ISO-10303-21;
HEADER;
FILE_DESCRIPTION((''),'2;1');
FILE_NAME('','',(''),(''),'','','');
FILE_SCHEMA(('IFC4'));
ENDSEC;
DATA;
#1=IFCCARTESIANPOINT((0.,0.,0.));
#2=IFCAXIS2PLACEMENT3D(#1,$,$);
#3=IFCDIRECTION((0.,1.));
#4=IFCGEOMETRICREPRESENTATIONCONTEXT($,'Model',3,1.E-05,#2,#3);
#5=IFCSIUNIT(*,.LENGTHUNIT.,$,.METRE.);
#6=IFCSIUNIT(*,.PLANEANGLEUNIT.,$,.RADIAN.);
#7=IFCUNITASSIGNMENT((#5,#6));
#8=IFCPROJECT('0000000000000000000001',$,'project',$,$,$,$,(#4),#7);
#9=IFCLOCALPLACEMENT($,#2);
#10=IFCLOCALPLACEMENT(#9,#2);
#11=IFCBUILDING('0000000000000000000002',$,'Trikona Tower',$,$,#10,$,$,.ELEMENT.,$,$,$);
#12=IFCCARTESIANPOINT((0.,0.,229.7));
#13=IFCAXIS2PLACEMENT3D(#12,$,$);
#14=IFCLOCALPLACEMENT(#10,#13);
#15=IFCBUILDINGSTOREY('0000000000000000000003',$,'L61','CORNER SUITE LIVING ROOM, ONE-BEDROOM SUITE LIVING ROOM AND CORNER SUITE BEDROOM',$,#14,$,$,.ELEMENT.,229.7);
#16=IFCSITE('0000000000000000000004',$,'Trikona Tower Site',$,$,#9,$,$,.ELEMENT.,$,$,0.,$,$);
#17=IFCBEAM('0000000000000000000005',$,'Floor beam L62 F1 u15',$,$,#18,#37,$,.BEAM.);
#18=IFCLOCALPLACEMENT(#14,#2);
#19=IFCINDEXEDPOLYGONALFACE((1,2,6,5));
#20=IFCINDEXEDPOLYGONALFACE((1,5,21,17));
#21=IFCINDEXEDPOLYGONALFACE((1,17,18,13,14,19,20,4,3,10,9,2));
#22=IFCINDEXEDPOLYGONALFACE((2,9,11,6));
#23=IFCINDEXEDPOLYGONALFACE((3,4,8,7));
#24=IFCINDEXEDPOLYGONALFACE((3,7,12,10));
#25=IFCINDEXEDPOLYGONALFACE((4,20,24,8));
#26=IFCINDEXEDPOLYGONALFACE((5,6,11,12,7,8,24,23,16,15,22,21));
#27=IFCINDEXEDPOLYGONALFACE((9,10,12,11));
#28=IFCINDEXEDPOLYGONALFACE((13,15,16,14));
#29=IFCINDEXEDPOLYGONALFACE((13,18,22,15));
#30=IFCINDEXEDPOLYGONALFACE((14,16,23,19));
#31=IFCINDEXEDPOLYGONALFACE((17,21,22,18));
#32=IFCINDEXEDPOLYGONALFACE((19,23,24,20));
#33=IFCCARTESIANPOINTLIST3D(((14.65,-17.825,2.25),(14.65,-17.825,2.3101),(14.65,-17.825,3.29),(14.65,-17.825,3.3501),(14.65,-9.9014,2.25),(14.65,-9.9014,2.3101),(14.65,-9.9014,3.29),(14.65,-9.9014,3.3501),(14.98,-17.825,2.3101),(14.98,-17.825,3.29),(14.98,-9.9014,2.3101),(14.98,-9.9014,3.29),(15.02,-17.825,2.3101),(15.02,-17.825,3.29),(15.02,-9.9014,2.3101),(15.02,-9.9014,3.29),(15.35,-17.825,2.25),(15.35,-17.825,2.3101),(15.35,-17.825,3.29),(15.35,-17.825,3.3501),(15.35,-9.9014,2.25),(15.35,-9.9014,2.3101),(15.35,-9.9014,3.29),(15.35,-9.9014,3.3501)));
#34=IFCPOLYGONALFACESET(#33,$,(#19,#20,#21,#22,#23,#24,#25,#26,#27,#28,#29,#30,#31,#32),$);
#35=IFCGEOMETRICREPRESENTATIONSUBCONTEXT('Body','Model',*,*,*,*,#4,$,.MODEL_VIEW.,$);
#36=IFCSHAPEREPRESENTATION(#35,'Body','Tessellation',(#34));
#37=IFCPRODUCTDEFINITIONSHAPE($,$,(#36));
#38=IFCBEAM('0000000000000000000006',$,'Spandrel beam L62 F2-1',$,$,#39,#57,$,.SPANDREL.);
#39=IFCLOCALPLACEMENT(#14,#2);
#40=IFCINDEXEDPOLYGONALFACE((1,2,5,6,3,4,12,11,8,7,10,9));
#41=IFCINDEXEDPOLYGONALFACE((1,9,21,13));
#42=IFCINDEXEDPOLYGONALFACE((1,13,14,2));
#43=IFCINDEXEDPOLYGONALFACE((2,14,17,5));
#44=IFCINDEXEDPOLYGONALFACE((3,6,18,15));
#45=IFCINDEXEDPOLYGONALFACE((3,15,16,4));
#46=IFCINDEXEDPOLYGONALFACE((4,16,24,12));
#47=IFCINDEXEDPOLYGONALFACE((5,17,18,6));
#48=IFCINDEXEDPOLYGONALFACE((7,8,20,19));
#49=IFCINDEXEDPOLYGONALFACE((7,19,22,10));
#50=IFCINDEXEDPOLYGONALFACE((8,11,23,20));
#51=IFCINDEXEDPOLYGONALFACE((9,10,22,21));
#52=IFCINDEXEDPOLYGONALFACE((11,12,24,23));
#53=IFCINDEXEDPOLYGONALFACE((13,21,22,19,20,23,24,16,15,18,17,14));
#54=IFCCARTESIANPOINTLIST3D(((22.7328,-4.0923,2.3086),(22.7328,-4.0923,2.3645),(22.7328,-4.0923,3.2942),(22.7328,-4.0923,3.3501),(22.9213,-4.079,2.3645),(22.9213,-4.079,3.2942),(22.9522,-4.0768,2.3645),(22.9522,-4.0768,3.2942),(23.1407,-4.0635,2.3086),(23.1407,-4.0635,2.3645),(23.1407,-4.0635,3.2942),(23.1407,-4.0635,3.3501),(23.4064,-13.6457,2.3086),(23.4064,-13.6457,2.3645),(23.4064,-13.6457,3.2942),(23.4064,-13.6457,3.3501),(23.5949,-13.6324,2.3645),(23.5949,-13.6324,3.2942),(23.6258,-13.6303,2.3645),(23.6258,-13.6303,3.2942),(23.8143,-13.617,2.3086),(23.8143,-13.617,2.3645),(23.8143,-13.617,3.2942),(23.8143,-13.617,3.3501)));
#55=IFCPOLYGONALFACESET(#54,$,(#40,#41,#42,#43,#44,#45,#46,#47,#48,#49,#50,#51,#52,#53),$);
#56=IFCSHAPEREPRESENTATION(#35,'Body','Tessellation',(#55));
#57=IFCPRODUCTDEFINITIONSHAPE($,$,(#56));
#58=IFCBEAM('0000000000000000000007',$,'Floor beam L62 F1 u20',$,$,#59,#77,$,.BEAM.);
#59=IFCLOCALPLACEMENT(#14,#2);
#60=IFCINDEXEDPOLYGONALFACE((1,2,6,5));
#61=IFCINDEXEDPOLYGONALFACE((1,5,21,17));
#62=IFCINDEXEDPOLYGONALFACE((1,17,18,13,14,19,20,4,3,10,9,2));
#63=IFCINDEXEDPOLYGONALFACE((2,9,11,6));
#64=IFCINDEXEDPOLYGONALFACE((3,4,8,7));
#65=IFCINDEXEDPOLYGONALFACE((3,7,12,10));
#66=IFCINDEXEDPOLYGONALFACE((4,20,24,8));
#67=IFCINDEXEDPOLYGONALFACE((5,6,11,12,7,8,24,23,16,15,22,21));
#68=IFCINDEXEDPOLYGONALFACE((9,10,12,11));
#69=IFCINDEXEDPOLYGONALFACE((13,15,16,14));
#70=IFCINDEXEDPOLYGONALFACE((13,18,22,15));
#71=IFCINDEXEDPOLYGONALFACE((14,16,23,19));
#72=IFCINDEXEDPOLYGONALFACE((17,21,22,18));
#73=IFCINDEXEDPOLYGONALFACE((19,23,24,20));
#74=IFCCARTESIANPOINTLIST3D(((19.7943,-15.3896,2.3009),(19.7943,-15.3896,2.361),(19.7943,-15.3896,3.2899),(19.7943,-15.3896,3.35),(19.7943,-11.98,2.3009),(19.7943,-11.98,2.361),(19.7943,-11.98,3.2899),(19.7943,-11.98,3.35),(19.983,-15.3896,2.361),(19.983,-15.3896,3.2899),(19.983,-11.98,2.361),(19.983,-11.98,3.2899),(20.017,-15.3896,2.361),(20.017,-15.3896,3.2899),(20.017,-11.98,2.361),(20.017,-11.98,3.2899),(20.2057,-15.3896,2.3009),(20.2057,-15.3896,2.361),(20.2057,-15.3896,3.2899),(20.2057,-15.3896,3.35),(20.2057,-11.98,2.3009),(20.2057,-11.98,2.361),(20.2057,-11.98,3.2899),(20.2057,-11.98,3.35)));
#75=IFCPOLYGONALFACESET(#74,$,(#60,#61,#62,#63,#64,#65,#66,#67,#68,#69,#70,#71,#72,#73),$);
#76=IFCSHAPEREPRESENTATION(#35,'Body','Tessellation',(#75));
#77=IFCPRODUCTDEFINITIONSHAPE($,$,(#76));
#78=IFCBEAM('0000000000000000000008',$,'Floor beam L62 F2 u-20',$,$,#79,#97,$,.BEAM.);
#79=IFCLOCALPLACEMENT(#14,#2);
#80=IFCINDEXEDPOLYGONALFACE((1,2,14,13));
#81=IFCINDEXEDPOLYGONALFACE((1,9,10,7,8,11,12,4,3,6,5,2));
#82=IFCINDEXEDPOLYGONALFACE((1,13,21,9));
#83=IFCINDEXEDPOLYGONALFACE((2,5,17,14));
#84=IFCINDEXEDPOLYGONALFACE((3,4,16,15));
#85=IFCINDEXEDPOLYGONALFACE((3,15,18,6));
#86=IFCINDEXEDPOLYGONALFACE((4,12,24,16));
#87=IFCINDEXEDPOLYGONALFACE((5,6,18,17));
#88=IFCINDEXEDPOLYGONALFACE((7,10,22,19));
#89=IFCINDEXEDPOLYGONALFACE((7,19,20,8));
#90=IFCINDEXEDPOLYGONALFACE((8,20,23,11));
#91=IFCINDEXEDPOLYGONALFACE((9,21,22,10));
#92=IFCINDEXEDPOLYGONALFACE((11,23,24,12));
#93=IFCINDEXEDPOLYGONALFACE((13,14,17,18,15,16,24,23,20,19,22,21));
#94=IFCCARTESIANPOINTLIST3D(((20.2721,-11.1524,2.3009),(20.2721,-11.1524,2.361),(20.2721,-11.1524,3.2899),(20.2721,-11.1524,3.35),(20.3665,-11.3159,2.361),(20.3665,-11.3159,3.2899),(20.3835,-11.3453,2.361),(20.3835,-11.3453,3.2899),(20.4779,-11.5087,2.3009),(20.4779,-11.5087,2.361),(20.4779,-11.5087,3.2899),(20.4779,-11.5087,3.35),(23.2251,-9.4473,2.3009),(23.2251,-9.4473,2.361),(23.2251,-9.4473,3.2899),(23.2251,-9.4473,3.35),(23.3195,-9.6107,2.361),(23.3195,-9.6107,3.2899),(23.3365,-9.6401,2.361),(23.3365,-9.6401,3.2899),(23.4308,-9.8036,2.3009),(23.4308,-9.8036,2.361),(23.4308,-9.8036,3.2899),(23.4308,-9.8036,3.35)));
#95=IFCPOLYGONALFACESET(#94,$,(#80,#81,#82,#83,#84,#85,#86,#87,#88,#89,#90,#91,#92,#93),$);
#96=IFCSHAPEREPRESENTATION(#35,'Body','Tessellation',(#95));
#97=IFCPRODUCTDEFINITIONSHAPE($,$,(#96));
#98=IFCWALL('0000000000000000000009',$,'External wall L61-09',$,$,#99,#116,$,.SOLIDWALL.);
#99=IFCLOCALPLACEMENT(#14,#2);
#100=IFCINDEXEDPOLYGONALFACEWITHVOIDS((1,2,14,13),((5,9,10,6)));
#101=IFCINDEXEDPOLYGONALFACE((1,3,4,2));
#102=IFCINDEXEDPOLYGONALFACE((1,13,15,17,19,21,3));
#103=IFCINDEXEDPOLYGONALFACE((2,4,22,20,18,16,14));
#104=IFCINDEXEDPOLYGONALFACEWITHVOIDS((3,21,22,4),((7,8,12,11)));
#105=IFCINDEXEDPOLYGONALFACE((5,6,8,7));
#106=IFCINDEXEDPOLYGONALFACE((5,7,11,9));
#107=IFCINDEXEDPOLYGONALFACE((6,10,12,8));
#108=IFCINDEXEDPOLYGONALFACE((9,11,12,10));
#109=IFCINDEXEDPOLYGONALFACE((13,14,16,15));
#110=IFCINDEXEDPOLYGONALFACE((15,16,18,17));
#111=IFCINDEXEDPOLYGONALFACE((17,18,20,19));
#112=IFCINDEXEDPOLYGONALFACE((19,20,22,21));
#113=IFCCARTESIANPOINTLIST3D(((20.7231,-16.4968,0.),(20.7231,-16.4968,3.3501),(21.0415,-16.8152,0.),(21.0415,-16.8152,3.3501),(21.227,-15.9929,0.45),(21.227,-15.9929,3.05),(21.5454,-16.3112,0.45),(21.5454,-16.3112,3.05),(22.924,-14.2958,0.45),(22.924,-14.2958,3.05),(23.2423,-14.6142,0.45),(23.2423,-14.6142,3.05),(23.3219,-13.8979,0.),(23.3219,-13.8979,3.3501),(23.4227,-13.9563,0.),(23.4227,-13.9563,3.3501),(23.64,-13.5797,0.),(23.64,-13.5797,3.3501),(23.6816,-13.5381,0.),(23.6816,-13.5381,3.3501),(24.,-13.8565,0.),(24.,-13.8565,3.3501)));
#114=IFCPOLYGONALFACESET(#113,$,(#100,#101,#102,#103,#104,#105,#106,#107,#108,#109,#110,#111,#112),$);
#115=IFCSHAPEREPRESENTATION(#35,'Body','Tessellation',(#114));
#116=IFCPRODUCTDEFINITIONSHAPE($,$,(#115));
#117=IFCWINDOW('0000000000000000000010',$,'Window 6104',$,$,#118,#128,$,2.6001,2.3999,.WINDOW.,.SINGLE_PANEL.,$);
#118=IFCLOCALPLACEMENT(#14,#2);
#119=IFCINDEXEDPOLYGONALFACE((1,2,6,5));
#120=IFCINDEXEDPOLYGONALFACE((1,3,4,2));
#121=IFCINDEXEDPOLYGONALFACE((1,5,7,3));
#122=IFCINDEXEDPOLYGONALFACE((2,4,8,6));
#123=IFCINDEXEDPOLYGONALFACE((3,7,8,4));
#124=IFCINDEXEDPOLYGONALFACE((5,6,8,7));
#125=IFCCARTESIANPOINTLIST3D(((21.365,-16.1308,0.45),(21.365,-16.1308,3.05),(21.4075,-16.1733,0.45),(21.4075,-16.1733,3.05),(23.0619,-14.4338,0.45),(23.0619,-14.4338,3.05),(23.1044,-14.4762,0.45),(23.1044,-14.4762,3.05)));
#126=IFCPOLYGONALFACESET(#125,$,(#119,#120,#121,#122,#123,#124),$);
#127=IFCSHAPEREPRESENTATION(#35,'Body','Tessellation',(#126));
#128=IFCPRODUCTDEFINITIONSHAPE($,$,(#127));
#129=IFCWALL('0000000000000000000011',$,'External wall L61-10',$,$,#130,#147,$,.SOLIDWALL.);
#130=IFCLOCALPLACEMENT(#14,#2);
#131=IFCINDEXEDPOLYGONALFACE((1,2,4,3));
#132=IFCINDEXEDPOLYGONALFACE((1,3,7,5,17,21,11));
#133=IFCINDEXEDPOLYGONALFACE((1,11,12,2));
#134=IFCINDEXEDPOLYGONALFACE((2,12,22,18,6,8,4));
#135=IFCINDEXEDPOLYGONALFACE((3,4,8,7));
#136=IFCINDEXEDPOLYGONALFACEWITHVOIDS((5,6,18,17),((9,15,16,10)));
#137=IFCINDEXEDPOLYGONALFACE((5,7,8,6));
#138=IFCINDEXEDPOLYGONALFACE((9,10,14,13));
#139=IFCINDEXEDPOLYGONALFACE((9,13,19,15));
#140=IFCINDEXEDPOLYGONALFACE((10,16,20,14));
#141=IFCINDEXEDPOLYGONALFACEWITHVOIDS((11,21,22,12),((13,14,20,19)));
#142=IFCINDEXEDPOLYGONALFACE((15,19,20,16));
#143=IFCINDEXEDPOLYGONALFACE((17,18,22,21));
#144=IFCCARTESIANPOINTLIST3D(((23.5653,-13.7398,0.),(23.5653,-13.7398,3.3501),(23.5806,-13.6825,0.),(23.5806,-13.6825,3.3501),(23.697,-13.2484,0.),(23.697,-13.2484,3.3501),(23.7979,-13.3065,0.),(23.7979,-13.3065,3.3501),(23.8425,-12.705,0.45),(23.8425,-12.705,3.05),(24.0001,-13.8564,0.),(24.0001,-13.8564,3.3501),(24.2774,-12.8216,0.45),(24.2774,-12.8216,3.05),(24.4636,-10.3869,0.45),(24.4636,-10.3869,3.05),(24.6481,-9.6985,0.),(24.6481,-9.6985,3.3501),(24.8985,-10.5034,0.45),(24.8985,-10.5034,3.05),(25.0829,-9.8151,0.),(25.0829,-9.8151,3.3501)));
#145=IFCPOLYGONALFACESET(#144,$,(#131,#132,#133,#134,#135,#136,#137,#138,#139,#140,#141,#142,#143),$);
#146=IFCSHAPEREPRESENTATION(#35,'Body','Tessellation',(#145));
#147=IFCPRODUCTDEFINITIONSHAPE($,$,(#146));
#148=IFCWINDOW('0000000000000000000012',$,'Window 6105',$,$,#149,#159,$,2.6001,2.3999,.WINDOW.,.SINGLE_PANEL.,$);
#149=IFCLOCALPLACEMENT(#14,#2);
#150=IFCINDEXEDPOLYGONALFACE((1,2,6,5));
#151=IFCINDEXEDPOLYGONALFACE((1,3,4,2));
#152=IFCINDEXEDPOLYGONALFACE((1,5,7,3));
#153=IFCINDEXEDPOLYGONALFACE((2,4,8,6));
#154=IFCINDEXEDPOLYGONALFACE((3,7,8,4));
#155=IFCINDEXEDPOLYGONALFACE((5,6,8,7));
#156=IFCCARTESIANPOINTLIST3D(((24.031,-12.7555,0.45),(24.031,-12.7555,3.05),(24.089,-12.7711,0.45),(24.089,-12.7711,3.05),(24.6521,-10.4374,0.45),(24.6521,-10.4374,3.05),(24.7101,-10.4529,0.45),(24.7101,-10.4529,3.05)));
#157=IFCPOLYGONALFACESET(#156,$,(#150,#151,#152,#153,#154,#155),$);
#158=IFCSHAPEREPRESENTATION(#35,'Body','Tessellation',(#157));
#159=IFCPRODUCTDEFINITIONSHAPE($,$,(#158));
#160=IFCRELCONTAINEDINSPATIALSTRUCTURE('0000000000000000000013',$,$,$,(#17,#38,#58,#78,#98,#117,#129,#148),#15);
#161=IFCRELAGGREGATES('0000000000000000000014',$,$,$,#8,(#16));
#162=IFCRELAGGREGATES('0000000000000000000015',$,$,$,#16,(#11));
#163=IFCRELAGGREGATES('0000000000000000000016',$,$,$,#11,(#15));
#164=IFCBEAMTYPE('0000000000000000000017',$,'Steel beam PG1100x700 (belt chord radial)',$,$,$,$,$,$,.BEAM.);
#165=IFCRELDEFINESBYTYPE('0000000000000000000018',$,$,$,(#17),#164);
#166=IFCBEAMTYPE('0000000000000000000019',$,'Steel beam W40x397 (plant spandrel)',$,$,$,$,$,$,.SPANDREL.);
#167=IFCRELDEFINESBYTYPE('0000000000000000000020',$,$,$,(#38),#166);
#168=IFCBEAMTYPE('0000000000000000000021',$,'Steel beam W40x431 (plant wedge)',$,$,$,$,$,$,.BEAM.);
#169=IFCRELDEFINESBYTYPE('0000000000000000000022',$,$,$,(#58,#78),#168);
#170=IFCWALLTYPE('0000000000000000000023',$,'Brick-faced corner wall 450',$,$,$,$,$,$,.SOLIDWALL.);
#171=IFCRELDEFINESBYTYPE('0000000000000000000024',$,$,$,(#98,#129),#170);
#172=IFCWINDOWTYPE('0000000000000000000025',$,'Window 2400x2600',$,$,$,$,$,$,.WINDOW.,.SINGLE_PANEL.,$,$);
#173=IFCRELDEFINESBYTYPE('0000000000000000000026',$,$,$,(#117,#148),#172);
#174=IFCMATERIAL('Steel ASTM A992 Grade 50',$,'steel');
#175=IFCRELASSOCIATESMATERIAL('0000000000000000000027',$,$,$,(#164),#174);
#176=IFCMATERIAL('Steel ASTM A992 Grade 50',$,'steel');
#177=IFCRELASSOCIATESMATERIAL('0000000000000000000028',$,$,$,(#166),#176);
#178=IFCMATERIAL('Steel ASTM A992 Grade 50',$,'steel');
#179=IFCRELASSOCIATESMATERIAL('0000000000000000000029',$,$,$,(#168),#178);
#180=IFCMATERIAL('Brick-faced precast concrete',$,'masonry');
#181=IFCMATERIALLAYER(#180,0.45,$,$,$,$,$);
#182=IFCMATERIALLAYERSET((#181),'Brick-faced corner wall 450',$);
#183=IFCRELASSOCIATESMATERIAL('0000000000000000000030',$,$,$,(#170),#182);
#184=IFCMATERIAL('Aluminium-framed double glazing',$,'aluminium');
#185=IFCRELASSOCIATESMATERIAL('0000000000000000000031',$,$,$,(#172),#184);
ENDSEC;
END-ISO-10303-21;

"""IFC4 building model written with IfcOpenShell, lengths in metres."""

from ifc_helpers import new_model, si_unit, direction, frame, frame_2d, origin, origin_2d, place, context, subcontext, project, spatial, polyline, rectangle, i_section, outline, extrude, material, layer, layer_set, material_profile, profile_set, type_object, element, fill, save


model = new_model("IFC4")

# Units and contexts
model_context = context("Model", 3, precision=1e-05, world=origin(), true_north=direction((0.0, 1.0)))
body_context = subcontext(model_context, "Body", "Model", "MODEL_VIEW")
ifc_project = project(units=[si_unit("LENGTHUNIT", "METRE"), si_unit("PLANEANGLEUNIT", "RADIAN")], contexts=[model_context])

# Site, building, storey
site_placement = place(None, origin())
site = spatial("IfcSite", under=ifc_project, at=site_placement, Name="Trikona Tower Site", CompositionType="ELEMENT", RefElevation=0.0)
building_placement = place(site_placement, origin())
building = spatial("IfcBuilding", under=site, at=building_placement, Name="Trikona Tower", CompositionType="ELEMENT")
storey_placement = place(building_placement, frame((0.0, 0.0, 229.7)))
storey = spatial("IfcBuildingStorey", under=building, at=storey_placement, Name="L61", Description="CORNER SUITE LIVING ROOM, ONE-BEDROOM SUITE LIVING ROOM AND CORNER SUITE BEDROOM", CompositionType="ELEMENT", Elevation=229.7)

# Beams
ifc_material_1 = material(Name="Steel ASTM A992 Grade 50", Category="steel")
ifc_material_profile_1 = material_profile(ifc_material_1, i_section(OverallWidth=0.7, OverallDepth=1.1001, WebThickness=0.04, FlangeThickness=0.0601, at=origin_2d()), Name="PG1100X700")
ifc_profile_set_1 = profile_set([ifc_material_profile_1], Name="Steel ASTM A992 Grade 50")
beam_type_1 = type_object("IfcBeamType", Name="Steel beam PG1100x700 (belt chord radial)", PredefinedType="BEAM", material=ifc_profile_set_1)
beam_1_placement = place(storey_placement, frame((15.0, -9.9014, 2.8), z_axis=(0.0, -1.0, 0.0), x_axis=(1.0, 0.0, 0.0)))
element("IfcBeam", 1, at=beam_1_placement, inside=storey, type_object=beam_type_1, Name="Floor beam L62 F1 u15", PredefinedType="BEAM", context=body_context, shape_type="SweptSolid", body=[
    extrude(i_section(OverallWidth=0.7, OverallDepth=1.1001, WebThickness=0.04, FlangeThickness=0.0601, at=origin_2d()), origin(), (0.0, 0.0, 1.0), 7.9236),
])
ifc_material_2 = material(Name="Steel ASTM A992 Grade 50", Category="steel")
ifc_material_profile_2 = material_profile(ifc_material_2, i_section(OverallWidth=0.4089, OverallDepth=1.0415, WebThickness=0.031, FlangeThickness=0.0559, at=origin_2d()), Name="W40X397")
ifc_profile_set_2 = profile_set([ifc_material_profile_2], Name="Steel ASTM A992 Grade 50")
beam_type_2 = type_object("IfcBeamType", Name="Steel beam W40x397 (plant spandrel)", PredefinedType="SPANDREL", material=ifc_profile_set_2)
beam_2_placement = place(storey_placement, frame((23.6104, -13.6313, 2.8293), z_axis=(-0.070332, 0.997524, 0.0), x_axis=(-0.997524, -0.070332, 0.0)))
element("IfcBeam", 2, at=beam_2_placement, inside=storey, type_object=beam_type_2, Name="Spandrel beam L62 F2-1", PredefinedType="SPANDREL", context=body_context, shape_type="SweptSolid", body=[
    extrude(i_section(OverallWidth=0.4089, OverallDepth=1.0415, WebThickness=0.031, FlangeThickness=0.0559, at=origin_2d()), origin(), (0.0, 0.0, 1.0), 9.5771),
])
ifc_material_3 = material(Name="Steel ASTM A992 Grade 50", Category="steel")
ifc_material_profile_3 = material_profile(ifc_material_3, i_section(OverallWidth=0.4114, OverallDepth=1.0491, WebThickness=0.0339, FlangeThickness=0.0601, at=origin_2d()), Name="W40X431")
ifc_profile_set_3 = profile_set([ifc_material_profile_3], Name="Steel ASTM A992 Grade 50")
beam_type_3 = type_object("IfcBeamType", Name="Steel beam W40x431 (plant wedge)", PredefinedType="BEAM", material=ifc_profile_set_3)
beam_3_placement = place(storey_placement, frame((20.0, -11.98, 2.8254), z_axis=(0.0, -1.0, 0.0), x_axis=(1.0, 0.0, 0.0)))
element("IfcBeam", 3, at=beam_3_placement, inside=storey, type_object=beam_type_3, Name="Floor beam L62 F1 u20", PredefinedType="BEAM", context=body_context, shape_type="SweptSolid", body=[
    extrude(i_section(OverallWidth=0.4114, OverallDepth=1.0491, WebThickness=0.0339, FlangeThickness=0.0601, at=origin_2d()), origin(), (0.0, 0.0, 1.0), 3.4097),
])
beam_4_placement = place(storey_placement, frame((20.375, -11.3306, 2.8254), z_axis=(0.865996, 0.500051, 0.0), x_axis=(-0.500051, 0.865996, 0.0)))
element("IfcBeam", 4, at=beam_4_placement, inside=storey, type_object=beam_type_3, Name="Floor beam L62 F2 u-20", PredefinedType="BEAM", context=body_context, shape_type="SweptSolid", body=[
    extrude(i_section(OverallWidth=0.4114, OverallDepth=1.0491, WebThickness=0.0339, FlangeThickness=0.0601, at=origin_2d()), origin(), (0.0, 0.0, 1.0), 3.4099),
])

# Walls, openings, windows
ifc_material_4 = material(Name="Brick-faced precast concrete", Category="masonry")
ifc_layer_1 = layer(ifc_material_4, 0.45)
ifc_layer_set_1 = layer_set([ifc_layer_1], Name="Brick-faced corner wall 450")
wall_type_1 = type_object("IfcWallType", Name="Brick-faced corner wall 450", PredefinedType="SOLIDWALL", material=ifc_layer_set_1)
wall_1_placement = place(storey_placement, frame((20.8823, -16.656, 0.0), z_axis=(0.0, 0.0, 1.0), x_axis=(0.707078, 0.707136, 0.0)))
wall_1 = element("IfcWall", 5, at=wall_1_placement, inside=storey, type_object=wall_type_1, Name="External wall L61-09", PredefinedType="SOLIDWALL", context=body_context, shape_type="SweptSolid", body=[
    extrude(outline(polyline([(4.1841, 0.2251), (4.1252, 0.2251), (3.7053, 0.1125), (3.6753, 0.2251), (0.0, 0.2251), (0.0, -0.2251), (4.1841, -0.2251), (4.1841, 0.2251)])), origin(), (0.0, 0.0, 1.0), 3.3501),
])
opening_1_placement = place(wall_1_placement, frame((0.7126, 0.0, 0.45)))
opening_1 = element("IfcOpeningElement", 6, at=opening_1_placement, cuts=wall_1, PredefinedType="OPENING", context=body_context, shape_type="SweptSolid", body=[
    extrude(rectangle(XDim=2.3999, YDim=2.6001, at=frame_2d((1.2, 1.3))), frame((0.0, 0.2349, 0.0), z_axis=(0.0, -1.0, 0.0), x_axis=(1.0, 0.0, 0.0)), (0.0, 0.0, 1.0), 0.47),
])
ifc_material_5 = material(Name="Aluminium-framed double glazing", Category="aluminium")
window_type_1 = type_object("IfcWindowType", Name="Window 2400x2600", PartitioningType="SINGLE_PANEL", PredefinedType="WINDOW", material=ifc_material_5)
window_1_placement = place(opening_1_placement, origin())
window_1 = element("IfcWindow", 7, at=window_1_placement, inside=storey, type_object=window_type_1, Name="Window 6104", OverallHeight=2.6001, OverallWidth=2.3999, PartitioningType="SINGLE_PANEL", PredefinedType="WINDOW", context=body_context, shape_type="SweptSolid", body=[
    extrude(rectangle(XDim=2.3999, YDim=2.6001, at=frame_2d((1.2, 1.3))), frame((0.0, 0.03, 0.0), z_axis=(0.0, -1.0, 0.0), x_axis=(1.0, 0.0, 0.0)), (0.0, 0.0, 1.0), 0.0601),
])
fill(opening_1, window_1)
wall_2_placement = place(storey_placement, frame((23.7827, -13.7981, 0.0), z_axis=(0.0, 0.0, 1.0), x_axis=(0.258799, 0.965931, 0.0)))
wall_2 = element("IfcWall", 8, at=wall_2_placement, inside=storey, type_object=wall_type_1, Name="External wall L61-10", PredefinedType="SOLIDWALL", context=body_context, shape_type="SweptSolid", body=[
    extrude(outline(polyline([(4.1838, 0.2251), (0.5088, 0.2251), (0.4788, 0.1125), (0.0593, 0.2251), (0.0, 0.2251), (0.0, -0.2251), (4.1838, -0.2251), (4.1838, 0.2251)])), origin(), (0.0, 0.0, 1.0), 3.3501),
])
opening_2_placement = place(wall_2_placement, frame((1.0713, 0.0, 0.45)))
opening_2 = element("IfcOpeningElement", 9, at=opening_2_placement, cuts=wall_2, PredefinedType="OPENING", context=body_context, shape_type="SweptSolid", body=[
    extrude(rectangle(XDim=2.3999, YDim=2.6001, at=frame_2d((1.2, 1.3))), frame((0.0, 0.2349, 0.0), z_axis=(0.0, -1.0, 0.0), x_axis=(1.0, 0.0, 0.0)), (0.0, 0.0, 1.0), 0.47),
])
window_2_placement = place(opening_2_placement, origin())
window_2 = element("IfcWindow", 10, at=window_2_placement, inside=storey, type_object=window_type_1, Name="Window 6105", OverallHeight=2.6001, OverallWidth=2.3999, PartitioningType="SINGLE_PANEL", PredefinedType="WINDOW", context=body_context, shape_type="SweptSolid", body=[
    extrude(rectangle(XDim=2.3999, YDim=2.6001, at=frame_2d((1.2, 1.3))), frame((0.0, 0.03, 0.0), z_axis=(0.0, -1.0, 0.0), x_axis=(1.0, 0.0, 0.0)), (0.0, 0.0, 1.0), 0.0601),
])
fill(opening_2, window_2)

save(model, "model.ifc")
